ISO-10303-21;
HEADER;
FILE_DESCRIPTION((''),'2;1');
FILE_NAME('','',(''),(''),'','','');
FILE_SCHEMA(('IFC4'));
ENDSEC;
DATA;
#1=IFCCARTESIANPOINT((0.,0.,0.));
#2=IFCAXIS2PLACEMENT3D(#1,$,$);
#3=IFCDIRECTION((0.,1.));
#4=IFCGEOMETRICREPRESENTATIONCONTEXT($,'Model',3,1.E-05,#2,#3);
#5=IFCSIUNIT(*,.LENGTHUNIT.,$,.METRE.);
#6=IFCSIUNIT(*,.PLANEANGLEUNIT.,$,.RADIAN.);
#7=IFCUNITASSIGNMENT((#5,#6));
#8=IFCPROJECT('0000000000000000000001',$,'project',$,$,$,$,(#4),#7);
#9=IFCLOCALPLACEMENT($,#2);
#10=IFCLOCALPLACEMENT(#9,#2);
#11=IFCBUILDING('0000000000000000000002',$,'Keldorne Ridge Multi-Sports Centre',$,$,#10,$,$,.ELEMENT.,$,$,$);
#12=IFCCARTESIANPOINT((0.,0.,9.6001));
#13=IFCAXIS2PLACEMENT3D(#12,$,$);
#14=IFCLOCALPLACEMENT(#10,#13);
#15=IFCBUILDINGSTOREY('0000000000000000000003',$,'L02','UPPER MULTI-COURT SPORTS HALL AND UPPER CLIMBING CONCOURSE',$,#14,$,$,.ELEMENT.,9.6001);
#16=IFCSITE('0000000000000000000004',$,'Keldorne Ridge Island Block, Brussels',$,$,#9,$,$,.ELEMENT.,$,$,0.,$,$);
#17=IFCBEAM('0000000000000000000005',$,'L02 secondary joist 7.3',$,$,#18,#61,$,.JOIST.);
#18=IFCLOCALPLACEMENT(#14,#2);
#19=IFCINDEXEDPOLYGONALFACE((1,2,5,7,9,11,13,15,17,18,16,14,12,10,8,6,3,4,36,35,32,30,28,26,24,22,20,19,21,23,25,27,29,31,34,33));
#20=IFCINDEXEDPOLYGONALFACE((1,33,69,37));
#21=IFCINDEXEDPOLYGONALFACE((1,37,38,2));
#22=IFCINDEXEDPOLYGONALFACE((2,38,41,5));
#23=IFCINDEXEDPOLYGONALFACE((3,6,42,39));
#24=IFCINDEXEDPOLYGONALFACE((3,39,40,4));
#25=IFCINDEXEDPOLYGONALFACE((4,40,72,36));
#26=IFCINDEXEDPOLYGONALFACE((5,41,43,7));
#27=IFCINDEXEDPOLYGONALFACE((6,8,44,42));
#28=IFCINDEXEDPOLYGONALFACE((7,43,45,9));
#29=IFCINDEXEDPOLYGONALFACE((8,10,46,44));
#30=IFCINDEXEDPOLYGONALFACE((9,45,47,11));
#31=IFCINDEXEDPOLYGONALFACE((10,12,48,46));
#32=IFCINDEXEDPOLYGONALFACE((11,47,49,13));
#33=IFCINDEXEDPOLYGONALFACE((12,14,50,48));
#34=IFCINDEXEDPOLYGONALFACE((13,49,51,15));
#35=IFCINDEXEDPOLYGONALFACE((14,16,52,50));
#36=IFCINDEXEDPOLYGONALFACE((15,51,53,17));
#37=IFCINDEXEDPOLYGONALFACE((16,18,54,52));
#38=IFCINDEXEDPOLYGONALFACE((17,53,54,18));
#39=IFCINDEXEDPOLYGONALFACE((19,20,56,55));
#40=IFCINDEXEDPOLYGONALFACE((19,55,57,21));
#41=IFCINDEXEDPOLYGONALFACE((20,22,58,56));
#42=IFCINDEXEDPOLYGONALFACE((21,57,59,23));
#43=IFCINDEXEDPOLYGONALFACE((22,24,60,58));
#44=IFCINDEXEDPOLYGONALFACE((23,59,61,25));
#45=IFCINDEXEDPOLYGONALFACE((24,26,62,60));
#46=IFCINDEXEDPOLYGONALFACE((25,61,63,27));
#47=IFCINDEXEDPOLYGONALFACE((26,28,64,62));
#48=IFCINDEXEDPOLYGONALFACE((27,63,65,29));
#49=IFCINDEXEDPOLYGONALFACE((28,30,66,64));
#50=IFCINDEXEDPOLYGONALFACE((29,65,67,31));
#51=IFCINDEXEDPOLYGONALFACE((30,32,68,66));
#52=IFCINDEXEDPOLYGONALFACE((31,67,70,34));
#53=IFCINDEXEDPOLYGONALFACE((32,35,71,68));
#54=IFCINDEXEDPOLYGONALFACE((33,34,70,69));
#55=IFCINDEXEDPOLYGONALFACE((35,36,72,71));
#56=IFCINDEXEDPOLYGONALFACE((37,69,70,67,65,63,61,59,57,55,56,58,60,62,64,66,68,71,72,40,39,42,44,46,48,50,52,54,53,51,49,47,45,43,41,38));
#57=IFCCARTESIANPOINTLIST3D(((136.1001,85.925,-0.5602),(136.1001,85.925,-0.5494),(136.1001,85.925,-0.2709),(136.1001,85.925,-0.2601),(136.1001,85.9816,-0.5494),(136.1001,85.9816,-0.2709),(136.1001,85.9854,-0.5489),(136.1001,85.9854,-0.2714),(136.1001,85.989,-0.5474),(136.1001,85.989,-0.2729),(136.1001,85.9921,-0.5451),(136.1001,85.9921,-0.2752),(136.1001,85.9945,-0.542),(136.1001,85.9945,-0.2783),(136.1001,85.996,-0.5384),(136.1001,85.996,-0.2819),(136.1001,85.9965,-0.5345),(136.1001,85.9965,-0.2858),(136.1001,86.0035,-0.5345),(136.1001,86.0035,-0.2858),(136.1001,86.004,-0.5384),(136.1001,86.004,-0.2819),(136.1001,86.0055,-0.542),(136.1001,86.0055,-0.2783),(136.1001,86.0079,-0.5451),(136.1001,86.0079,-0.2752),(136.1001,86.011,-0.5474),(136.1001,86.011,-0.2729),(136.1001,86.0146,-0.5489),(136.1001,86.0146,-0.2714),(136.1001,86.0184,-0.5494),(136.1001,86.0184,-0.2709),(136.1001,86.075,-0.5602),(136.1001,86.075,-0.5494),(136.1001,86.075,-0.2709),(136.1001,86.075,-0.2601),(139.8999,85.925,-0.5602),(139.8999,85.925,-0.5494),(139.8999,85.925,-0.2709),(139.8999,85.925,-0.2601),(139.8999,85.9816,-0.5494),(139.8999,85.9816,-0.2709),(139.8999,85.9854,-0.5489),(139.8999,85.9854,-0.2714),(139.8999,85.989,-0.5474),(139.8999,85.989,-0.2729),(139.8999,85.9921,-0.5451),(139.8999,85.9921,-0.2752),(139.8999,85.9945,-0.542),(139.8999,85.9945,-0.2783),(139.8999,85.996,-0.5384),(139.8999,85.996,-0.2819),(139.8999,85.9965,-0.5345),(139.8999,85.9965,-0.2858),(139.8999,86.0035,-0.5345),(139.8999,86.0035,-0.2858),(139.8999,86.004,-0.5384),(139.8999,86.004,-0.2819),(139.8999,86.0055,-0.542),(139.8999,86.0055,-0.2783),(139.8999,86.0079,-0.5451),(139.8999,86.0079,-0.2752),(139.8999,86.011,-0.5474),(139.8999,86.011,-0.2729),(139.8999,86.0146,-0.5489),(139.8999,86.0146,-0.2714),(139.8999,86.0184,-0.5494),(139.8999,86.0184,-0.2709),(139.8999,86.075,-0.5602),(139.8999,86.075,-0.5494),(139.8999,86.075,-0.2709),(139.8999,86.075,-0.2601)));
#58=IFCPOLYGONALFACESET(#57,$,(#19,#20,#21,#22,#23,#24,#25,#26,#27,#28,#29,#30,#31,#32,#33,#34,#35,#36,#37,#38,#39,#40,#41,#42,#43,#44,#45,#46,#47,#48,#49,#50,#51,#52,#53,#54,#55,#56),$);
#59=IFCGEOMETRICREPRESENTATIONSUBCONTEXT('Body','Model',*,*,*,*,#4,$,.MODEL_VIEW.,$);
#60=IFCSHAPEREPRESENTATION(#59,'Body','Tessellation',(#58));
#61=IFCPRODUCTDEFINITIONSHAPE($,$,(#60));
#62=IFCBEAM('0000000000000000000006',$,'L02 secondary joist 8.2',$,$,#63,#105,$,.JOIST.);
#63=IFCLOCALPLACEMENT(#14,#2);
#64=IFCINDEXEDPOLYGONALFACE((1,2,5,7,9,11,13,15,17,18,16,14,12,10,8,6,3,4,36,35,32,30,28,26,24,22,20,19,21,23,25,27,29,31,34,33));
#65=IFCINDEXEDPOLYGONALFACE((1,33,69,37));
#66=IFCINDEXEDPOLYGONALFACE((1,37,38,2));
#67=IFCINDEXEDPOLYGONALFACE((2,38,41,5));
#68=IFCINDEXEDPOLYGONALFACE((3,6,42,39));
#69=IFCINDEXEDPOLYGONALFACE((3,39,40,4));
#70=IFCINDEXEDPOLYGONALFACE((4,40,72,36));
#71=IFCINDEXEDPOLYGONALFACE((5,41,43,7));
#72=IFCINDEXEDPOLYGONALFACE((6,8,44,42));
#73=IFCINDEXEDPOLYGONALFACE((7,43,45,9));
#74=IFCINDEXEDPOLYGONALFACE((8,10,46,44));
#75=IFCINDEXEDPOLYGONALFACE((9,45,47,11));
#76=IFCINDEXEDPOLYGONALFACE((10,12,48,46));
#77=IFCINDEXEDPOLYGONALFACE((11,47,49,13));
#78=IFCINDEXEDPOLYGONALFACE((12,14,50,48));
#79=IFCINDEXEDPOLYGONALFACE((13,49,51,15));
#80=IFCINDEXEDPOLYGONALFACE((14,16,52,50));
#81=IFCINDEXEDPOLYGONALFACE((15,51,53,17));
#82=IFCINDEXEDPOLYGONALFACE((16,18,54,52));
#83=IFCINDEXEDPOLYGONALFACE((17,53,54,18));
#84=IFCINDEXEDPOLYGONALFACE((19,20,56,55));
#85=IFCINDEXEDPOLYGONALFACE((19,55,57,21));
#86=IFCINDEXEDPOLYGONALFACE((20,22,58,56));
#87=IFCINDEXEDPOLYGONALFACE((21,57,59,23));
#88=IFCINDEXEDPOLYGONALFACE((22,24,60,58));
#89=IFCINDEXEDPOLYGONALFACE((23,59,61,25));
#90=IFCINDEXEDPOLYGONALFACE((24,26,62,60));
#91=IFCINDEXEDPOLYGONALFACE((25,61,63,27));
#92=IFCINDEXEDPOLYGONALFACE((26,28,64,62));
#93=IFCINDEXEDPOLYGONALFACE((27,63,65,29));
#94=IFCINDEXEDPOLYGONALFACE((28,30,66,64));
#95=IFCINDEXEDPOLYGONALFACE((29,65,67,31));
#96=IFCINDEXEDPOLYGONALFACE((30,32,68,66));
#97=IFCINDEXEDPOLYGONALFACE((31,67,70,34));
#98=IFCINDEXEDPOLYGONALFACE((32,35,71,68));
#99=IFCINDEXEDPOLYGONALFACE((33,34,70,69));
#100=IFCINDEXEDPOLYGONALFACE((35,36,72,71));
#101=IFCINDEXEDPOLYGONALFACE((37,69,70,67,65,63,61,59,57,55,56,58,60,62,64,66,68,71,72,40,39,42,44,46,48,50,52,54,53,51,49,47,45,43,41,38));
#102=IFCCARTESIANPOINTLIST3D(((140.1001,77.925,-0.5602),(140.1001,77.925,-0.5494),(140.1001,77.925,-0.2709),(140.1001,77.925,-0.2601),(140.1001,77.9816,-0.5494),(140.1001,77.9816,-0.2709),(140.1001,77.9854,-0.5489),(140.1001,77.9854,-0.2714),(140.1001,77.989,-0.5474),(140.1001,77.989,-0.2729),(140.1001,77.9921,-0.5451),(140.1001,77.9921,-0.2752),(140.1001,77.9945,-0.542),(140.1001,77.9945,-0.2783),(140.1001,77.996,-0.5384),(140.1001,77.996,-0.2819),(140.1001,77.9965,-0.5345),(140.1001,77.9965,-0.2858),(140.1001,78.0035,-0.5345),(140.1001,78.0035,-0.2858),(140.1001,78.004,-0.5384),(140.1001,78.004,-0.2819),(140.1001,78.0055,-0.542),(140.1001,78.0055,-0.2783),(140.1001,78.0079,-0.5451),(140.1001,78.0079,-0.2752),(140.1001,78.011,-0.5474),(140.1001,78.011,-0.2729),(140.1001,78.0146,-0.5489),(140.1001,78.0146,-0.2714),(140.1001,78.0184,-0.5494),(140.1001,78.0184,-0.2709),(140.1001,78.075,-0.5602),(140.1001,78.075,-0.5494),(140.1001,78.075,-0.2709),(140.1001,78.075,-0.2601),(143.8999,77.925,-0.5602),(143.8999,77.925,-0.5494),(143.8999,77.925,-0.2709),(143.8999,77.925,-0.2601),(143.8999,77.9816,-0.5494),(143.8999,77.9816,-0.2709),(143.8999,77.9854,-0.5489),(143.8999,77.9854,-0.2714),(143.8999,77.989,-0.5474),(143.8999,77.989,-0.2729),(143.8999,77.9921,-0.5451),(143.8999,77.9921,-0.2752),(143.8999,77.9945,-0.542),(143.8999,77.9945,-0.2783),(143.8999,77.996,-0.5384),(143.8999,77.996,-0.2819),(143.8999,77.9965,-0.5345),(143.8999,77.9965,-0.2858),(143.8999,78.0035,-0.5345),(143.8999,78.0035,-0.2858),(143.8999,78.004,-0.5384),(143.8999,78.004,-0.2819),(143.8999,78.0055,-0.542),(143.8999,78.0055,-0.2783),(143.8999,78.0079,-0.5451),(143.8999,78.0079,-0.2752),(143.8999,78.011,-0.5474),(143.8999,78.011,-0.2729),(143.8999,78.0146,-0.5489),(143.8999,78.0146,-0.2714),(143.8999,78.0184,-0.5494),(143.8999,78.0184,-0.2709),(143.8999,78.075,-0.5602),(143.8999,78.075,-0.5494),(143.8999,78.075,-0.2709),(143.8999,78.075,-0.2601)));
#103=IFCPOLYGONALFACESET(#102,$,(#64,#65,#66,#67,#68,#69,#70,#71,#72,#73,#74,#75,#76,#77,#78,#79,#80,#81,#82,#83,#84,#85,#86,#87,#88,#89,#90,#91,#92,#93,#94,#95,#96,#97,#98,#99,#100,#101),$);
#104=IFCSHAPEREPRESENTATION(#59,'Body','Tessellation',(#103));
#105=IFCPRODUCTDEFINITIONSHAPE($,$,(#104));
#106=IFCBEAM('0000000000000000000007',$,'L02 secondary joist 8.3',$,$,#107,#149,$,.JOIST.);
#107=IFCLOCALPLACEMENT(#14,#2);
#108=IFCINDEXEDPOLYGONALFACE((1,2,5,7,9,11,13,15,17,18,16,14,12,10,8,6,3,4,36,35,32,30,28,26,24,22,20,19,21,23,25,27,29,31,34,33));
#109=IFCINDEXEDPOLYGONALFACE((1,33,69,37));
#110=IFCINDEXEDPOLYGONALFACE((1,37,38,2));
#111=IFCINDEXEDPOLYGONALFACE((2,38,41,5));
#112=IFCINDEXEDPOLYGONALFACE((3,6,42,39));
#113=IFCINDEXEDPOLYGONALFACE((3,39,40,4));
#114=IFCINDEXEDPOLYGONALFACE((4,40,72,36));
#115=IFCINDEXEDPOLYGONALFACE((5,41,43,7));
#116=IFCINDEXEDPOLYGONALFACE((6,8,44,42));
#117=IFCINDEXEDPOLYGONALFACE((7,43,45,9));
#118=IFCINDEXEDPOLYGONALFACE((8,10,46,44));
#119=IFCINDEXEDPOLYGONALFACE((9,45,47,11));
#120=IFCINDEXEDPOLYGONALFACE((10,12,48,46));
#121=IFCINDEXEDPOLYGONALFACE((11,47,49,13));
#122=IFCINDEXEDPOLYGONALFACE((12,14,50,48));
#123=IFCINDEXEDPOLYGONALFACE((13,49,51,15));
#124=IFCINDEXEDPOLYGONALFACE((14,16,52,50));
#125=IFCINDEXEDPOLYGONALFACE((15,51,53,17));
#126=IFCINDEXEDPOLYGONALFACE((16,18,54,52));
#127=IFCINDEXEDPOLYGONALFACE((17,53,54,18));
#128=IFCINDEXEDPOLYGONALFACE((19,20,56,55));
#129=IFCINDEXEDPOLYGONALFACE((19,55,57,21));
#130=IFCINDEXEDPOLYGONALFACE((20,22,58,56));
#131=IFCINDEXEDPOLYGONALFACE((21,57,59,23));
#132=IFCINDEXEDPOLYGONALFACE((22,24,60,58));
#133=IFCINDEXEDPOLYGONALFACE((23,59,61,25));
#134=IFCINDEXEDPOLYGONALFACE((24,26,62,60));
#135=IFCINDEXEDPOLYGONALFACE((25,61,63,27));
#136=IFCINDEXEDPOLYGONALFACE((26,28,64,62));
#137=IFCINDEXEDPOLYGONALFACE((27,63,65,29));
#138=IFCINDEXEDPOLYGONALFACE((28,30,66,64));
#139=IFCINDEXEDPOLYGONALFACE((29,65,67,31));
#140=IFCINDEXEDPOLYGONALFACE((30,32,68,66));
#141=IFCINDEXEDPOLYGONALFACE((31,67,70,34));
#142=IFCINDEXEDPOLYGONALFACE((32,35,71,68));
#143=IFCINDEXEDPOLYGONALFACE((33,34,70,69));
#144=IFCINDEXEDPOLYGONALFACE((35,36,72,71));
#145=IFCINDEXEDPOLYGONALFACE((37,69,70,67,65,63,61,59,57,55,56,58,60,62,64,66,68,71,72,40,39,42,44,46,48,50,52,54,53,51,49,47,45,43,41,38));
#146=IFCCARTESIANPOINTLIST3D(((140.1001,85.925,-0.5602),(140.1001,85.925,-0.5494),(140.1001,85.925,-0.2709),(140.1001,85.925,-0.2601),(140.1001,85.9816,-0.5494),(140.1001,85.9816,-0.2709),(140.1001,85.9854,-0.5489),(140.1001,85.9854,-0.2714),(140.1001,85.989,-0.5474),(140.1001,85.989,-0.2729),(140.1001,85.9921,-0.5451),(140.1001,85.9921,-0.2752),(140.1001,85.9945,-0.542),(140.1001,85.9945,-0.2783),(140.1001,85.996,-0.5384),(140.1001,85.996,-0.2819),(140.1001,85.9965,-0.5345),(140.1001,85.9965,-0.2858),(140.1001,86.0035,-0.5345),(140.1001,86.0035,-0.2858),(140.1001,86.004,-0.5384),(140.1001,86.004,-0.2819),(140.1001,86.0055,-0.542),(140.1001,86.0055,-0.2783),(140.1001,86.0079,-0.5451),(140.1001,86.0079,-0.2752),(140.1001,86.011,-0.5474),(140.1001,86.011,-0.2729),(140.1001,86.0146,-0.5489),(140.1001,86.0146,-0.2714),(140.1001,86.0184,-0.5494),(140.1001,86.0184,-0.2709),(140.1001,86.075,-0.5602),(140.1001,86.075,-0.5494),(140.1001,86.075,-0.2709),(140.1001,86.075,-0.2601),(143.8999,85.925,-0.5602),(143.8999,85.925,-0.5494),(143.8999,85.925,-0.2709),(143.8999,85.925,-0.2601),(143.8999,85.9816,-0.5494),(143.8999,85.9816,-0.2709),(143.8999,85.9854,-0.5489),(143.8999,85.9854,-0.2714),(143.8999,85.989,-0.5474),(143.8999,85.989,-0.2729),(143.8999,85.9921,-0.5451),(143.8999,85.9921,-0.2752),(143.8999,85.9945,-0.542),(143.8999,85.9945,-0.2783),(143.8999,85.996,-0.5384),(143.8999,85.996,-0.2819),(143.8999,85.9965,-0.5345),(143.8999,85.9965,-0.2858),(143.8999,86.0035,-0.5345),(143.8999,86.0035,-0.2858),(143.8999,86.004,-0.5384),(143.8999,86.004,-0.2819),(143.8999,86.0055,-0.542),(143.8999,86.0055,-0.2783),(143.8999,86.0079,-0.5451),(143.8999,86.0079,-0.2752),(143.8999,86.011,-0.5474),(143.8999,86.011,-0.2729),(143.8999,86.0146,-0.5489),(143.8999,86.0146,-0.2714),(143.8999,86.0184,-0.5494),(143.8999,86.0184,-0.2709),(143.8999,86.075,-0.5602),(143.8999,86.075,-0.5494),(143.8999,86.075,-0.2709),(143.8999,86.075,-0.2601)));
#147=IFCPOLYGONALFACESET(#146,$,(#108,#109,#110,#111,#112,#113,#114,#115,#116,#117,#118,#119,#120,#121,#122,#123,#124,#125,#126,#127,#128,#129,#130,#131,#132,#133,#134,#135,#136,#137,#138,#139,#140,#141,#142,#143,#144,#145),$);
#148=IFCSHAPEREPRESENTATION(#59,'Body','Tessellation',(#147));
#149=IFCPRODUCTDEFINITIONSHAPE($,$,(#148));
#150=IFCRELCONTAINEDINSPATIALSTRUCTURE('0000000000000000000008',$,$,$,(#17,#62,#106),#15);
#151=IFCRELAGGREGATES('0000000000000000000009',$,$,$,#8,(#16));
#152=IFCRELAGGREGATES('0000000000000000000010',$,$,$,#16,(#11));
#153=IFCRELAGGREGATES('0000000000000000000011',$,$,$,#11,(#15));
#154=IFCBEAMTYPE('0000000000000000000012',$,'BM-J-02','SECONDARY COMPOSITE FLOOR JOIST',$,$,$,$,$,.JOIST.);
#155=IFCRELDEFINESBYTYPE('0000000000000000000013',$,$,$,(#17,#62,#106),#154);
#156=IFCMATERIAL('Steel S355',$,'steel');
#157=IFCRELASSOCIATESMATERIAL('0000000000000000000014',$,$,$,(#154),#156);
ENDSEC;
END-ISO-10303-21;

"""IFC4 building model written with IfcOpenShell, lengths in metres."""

from ifc_helpers import new_model, si_unit, direction, frame, origin, origin_2d, place, context, subcontext, project, spatial, i_section, extrude, material, material_profile, profile_set, type_object, element, save


model = new_model("IFC4")

# Units and contexts
model_context = context("Model", 3, precision=1e-05, world=origin(), true_north=direction((0.0, 1.0)))
body_context = subcontext(model_context, "Body", "Model", "MODEL_VIEW")
ifc_project = project(units=[si_unit("LENGTHUNIT", "METRE"), si_unit("PLANEANGLEUNIT", "RADIAN")], contexts=[model_context])

# Site, building, storey
site_placement = place(None, origin())
site = spatial("IfcSite", under=ifc_project, at=site_placement, Name="Keldorne Ridge Island Block, Brussels", CompositionType="ELEMENT", RefElevation=0.0)
building_placement = place(site_placement, origin())
building = spatial("IfcBuilding", under=site, at=building_placement, Name="Keldorne Ridge Multi-Sports Centre", CompositionType="ELEMENT")
storey_placement = place(building_placement, frame((0.0, 0.0, 9.6001)))
storey = spatial("IfcBuildingStorey", under=building, at=storey_placement, Name="L02", Description="UPPER MULTI-COURT SPORTS HALL AND UPPER CLIMBING CONCOURSE", CompositionType="ELEMENT", Elevation=9.6001)

# Shared definitions
ifc_material = material(Name="Steel S355", Category="steel")

# Beams
ifc_material_profile_1 = material_profile(ifc_material, i_section(OverallWidth=0.1499, OverallDepth=0.3, WebThickness=0.0071, FlangeThickness=0.0107, FilletRadius=0.0149, at=origin_2d()), Name="IPE 300")
ifc_profile_set_1 = profile_set([ifc_material_profile_1], Name="Steel S355")
beam_type_1 = type_object("IfcBeamType", Name="BM-J-02", Description="SECONDARY COMPOSITE FLOOR JOIST", PredefinedType="JOIST", material=ifc_profile_set_1)
for number, where, z_axis, x_axis, name in (
    (1, (136.1001, 86.0, -0.4102), (1.0, 0.0, 0.0), (0.0, 1.0, 0.0), "L02 secondary joist 7.3"),
    (2, (140.1001, 78.0, -0.4102), (1.0, 0.0, 0.0), (0.0, 1.0, 0.0), "L02 secondary joist 8.2"),
    (3, (140.1001, 86.0, -0.4102), (1.0, 0.0, 0.0), (0.0, 1.0, 0.0), "L02 secondary joist 8.3"),
):
    element("IfcBeam", number, at=place(storey_placement, frame(where, z_axis=z_axis, x_axis=x_axis)), inside=storey, type_object=beam_type_1, Name=name, PredefinedType="JOIST", context=body_context, shape_type="SweptSolid", body=[
        extrude(i_section(OverallWidth=0.1499, OverallDepth=0.3, WebThickness=0.0071, FlangeThickness=0.0107, FilletRadius=0.0149, at=origin_2d()), origin(), (0.0, 0.0, 1.0), 3.7998),
    ])

save(model, "model.ifc")
